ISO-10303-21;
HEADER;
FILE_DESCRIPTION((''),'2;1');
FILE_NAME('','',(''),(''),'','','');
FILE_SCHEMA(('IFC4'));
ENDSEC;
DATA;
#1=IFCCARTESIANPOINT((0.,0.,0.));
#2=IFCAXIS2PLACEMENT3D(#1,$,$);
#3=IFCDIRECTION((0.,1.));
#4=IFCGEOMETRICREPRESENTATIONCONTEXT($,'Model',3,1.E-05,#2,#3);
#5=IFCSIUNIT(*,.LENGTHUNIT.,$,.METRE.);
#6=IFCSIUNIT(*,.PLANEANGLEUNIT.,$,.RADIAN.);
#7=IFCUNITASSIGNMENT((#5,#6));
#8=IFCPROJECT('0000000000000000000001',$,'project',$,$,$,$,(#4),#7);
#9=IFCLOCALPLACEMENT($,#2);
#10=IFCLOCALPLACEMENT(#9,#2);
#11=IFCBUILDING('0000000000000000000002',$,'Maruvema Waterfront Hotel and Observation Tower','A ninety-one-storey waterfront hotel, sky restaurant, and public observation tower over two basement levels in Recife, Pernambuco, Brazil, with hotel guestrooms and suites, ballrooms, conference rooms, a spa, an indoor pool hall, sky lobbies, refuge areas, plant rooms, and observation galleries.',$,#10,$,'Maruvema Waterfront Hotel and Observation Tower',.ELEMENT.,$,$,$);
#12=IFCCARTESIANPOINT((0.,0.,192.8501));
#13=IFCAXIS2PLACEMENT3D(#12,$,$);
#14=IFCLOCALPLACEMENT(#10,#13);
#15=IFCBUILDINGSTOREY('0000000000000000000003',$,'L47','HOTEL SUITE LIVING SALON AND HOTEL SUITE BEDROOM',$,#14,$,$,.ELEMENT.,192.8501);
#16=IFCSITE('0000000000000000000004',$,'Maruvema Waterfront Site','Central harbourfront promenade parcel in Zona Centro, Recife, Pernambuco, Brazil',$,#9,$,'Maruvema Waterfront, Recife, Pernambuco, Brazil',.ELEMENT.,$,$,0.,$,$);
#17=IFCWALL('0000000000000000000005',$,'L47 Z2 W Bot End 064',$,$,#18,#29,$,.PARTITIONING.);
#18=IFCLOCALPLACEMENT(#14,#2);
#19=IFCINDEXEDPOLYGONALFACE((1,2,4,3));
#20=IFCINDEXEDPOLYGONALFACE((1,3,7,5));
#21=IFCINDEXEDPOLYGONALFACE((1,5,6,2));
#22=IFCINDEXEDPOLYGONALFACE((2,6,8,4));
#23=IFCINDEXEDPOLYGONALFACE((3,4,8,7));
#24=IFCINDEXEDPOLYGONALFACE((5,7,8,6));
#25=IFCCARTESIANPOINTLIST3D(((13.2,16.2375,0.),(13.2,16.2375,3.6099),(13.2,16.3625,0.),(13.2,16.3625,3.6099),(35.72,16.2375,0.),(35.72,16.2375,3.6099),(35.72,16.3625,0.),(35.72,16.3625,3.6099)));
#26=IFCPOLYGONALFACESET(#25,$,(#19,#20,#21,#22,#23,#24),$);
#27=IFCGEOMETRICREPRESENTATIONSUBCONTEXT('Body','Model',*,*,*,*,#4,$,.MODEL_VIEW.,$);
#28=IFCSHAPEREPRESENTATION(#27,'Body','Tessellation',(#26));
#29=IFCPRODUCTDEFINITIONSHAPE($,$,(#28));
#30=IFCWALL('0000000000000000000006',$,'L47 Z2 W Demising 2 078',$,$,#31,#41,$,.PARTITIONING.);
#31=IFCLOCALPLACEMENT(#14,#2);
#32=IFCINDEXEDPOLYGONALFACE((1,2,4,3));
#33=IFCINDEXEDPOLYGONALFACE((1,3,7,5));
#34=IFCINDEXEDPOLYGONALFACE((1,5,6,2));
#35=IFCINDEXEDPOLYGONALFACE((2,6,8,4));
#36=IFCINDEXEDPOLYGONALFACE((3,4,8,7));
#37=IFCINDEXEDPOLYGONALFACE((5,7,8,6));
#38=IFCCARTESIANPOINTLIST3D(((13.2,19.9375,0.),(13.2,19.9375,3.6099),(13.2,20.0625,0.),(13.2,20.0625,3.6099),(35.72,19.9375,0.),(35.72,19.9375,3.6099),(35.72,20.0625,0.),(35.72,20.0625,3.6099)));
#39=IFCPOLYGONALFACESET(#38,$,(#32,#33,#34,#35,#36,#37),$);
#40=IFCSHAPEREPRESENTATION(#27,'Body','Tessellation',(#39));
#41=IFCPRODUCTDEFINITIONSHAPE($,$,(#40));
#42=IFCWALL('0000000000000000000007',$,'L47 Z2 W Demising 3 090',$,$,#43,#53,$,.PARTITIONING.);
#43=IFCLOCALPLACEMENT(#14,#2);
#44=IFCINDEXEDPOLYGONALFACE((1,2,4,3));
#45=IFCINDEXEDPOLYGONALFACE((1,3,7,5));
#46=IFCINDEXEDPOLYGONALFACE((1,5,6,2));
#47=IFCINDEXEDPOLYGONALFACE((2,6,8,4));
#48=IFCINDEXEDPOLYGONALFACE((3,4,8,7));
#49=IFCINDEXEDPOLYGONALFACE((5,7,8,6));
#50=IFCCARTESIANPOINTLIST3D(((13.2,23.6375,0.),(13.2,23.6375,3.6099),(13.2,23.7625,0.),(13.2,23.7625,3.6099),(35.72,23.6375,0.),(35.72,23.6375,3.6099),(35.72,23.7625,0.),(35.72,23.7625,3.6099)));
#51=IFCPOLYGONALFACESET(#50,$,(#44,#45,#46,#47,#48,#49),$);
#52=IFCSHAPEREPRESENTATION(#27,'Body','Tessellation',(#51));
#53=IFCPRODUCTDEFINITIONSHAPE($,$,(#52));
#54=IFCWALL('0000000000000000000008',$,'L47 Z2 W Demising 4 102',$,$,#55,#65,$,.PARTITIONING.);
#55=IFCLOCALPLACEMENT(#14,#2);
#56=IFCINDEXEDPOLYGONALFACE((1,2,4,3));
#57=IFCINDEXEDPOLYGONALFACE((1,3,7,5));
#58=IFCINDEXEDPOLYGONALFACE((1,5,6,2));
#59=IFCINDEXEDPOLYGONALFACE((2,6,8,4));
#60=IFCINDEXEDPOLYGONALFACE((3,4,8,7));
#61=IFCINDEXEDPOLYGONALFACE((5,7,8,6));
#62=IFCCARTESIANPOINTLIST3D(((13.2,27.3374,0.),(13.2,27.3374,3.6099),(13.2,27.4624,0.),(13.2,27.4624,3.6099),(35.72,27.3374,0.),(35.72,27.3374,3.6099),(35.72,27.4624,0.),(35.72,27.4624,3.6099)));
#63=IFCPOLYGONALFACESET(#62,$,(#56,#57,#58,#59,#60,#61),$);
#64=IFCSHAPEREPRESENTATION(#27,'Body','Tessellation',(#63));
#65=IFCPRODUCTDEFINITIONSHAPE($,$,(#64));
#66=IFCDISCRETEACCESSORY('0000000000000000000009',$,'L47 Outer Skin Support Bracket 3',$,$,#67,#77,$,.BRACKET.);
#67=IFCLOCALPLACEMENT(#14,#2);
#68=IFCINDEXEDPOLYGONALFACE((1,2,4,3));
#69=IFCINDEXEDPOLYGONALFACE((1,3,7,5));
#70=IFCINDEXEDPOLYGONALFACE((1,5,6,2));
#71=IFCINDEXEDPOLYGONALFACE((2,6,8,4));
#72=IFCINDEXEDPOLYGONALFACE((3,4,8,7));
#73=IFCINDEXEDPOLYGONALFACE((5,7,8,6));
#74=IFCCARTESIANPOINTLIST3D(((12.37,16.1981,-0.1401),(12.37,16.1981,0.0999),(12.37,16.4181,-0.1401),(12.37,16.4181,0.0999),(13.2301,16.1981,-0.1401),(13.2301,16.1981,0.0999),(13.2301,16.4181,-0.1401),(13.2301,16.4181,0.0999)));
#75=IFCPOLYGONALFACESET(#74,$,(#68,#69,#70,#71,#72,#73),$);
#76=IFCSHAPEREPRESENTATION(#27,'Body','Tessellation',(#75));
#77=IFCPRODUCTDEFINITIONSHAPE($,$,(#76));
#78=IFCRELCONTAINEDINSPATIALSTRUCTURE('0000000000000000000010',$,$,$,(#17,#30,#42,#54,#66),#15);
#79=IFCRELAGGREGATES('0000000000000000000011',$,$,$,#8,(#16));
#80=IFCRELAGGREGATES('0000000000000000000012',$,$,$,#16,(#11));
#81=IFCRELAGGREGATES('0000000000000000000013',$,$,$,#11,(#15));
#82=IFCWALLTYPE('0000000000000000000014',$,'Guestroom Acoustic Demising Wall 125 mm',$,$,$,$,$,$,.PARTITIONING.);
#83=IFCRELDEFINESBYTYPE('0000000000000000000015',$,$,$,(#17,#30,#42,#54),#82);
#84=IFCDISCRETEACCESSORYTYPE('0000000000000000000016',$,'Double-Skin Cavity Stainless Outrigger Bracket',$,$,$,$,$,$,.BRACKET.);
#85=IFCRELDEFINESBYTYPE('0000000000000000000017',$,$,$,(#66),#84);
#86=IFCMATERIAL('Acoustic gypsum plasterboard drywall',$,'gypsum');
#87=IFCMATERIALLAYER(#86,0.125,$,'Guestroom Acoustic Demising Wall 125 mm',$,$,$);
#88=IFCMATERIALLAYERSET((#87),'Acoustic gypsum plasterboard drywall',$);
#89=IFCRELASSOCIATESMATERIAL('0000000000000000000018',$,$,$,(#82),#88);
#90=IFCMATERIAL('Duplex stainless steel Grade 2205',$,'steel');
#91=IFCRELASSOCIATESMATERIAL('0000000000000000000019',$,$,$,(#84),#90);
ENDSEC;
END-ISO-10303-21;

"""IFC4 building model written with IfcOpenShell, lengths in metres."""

from ifc_helpers import new_model, si_unit, direction, frame, frame_2d, origin, origin_2d, place, context, subcontext, project, spatial, rectangle, extrude, material, layer, layer_set, type_object, element, save


model = new_model("IFC4")

# Units and contexts
model_context = context("Model", 3, precision=1e-05, world=origin(), true_north=direction((0.0, 1.0)))
body_context = subcontext(model_context, "Body", "Model", "MODEL_VIEW")
ifc_project = project(units=[si_unit("LENGTHUNIT", "METRE"), si_unit("PLANEANGLEUNIT", "RADIAN")], contexts=[model_context])

# Site, building, storey
site_placement = place(None, origin())
site = spatial("IfcSite", under=ifc_project, at=site_placement, Name="Maruvema Waterfront Site", Description="Central harbourfront promenade parcel in Zona Centro, Recife, Pernambuco, Brazil", LongName="Maruvema Waterfront, Recife, Pernambuco, Brazil", CompositionType="ELEMENT", RefElevation=0.0)
building_placement = place(site_placement, origin())
building = spatial("IfcBuilding", under=site, at=building_placement, Name="Maruvema Waterfront Hotel and Observation Tower", Description="A ninety-one-storey waterfront hotel, sky restaurant, and public observation tower over two basement levels in Recife, Pernambuco, Brazil, with hotel guestrooms and suites, ballrooms, conference rooms, a spa, an indoor pool hall, sky lobbies, refuge areas, plant rooms, and observation galleries.", LongName="Maruvema Waterfront Hotel and Observation Tower", CompositionType="ELEMENT")
storey_placement = place(building_placement, frame((0.0, 0.0, 192.8501)))
storey = spatial("IfcBuildingStorey", under=building, at=storey_placement, Name="L47", Description="HOTEL SUITE LIVING SALON AND HOTEL SUITE BEDROOM", CompositionType="ELEMENT", Elevation=192.8501)

# Walls
ifc_material_1 = material(Name="Acoustic gypsum plasterboard drywall", Category="gypsum")
ifc_layer_1 = layer(ifc_material_1, 0.125, Name="Guestroom Acoustic Demising Wall 125 mm")
ifc_layer_set_1 = layer_set([ifc_layer_1], Name="Acoustic gypsum plasterboard drywall")
wall_type_1 = type_object("IfcWallType", Name="Guestroom Acoustic Demising Wall 125 mm", PredefinedType="PARTITIONING", material=ifc_layer_set_1)
for number, where, z_axis, x_axis, name in (
    (1, (13.2, 16.3, 0.0), (0.0, 0.0, 1.0), (1.0, 0.0, 0.0), "L47 Z2 W Bot End 064"),
    (2, (13.2, 20.0, 0.0), (0.0, 0.0, 1.0), (1.0, 0.0, 0.0), "L47 Z2 W Demising 2 078"),
    (3, (13.2, 23.7, 0.0), (0.0, 0.0, 1.0), (1.0, 0.0, 0.0), "L47 Z2 W Demising 3 090"),
    (4, (13.2, 27.3999, 0.0), (0.0, 0.0, 1.0), (1.0, 0.0, 0.0), "L47 Z2 W Demising 4 102"),
):
    element("IfcWall", number, at=place(storey_placement, frame(where, z_axis=z_axis, x_axis=x_axis)), inside=storey, type_object=wall_type_1, Name=name, PredefinedType="PARTITIONING", context=body_context, shape_type="SweptSolid", body=[
        extrude(rectangle(XDim=22.52, YDim=0.125, at=frame_2d((11.26, 0.0))), origin(), (0.0, 0.0, 1.0), 3.6099),
    ])

# Discrete accessory
ifc_material_2 = material(Name="Duplex stainless steel Grade 2205", Category="steel")
discrete_accessory_type = type_object("IfcDiscreteAccessoryType", Name="Double-Skin Cavity Stainless Outrigger Bracket", PredefinedType="BRACKET", material=ifc_material_2)
discrete_accessory_placement = place(storey_placement, frame((12.8, 16.3081, -0.1401), z_axis=(0.0, 0.0, 1.0), x_axis=(0.0, -1.0, 0.0)))
element("IfcDiscreteAccessory", 5, at=discrete_accessory_placement, inside=storey, type_object=discrete_accessory_type, Name="L47 Outer Skin Support Bracket 3", PredefinedType="BRACKET", context=body_context, shape_type="SweptSolid", body=[
    extrude(rectangle(XDim=0.22, YDim=0.8601, at=origin_2d()), origin(), (0.0, 0.0, 1.0), 0.24),
])

save(model, "model.ifc")
